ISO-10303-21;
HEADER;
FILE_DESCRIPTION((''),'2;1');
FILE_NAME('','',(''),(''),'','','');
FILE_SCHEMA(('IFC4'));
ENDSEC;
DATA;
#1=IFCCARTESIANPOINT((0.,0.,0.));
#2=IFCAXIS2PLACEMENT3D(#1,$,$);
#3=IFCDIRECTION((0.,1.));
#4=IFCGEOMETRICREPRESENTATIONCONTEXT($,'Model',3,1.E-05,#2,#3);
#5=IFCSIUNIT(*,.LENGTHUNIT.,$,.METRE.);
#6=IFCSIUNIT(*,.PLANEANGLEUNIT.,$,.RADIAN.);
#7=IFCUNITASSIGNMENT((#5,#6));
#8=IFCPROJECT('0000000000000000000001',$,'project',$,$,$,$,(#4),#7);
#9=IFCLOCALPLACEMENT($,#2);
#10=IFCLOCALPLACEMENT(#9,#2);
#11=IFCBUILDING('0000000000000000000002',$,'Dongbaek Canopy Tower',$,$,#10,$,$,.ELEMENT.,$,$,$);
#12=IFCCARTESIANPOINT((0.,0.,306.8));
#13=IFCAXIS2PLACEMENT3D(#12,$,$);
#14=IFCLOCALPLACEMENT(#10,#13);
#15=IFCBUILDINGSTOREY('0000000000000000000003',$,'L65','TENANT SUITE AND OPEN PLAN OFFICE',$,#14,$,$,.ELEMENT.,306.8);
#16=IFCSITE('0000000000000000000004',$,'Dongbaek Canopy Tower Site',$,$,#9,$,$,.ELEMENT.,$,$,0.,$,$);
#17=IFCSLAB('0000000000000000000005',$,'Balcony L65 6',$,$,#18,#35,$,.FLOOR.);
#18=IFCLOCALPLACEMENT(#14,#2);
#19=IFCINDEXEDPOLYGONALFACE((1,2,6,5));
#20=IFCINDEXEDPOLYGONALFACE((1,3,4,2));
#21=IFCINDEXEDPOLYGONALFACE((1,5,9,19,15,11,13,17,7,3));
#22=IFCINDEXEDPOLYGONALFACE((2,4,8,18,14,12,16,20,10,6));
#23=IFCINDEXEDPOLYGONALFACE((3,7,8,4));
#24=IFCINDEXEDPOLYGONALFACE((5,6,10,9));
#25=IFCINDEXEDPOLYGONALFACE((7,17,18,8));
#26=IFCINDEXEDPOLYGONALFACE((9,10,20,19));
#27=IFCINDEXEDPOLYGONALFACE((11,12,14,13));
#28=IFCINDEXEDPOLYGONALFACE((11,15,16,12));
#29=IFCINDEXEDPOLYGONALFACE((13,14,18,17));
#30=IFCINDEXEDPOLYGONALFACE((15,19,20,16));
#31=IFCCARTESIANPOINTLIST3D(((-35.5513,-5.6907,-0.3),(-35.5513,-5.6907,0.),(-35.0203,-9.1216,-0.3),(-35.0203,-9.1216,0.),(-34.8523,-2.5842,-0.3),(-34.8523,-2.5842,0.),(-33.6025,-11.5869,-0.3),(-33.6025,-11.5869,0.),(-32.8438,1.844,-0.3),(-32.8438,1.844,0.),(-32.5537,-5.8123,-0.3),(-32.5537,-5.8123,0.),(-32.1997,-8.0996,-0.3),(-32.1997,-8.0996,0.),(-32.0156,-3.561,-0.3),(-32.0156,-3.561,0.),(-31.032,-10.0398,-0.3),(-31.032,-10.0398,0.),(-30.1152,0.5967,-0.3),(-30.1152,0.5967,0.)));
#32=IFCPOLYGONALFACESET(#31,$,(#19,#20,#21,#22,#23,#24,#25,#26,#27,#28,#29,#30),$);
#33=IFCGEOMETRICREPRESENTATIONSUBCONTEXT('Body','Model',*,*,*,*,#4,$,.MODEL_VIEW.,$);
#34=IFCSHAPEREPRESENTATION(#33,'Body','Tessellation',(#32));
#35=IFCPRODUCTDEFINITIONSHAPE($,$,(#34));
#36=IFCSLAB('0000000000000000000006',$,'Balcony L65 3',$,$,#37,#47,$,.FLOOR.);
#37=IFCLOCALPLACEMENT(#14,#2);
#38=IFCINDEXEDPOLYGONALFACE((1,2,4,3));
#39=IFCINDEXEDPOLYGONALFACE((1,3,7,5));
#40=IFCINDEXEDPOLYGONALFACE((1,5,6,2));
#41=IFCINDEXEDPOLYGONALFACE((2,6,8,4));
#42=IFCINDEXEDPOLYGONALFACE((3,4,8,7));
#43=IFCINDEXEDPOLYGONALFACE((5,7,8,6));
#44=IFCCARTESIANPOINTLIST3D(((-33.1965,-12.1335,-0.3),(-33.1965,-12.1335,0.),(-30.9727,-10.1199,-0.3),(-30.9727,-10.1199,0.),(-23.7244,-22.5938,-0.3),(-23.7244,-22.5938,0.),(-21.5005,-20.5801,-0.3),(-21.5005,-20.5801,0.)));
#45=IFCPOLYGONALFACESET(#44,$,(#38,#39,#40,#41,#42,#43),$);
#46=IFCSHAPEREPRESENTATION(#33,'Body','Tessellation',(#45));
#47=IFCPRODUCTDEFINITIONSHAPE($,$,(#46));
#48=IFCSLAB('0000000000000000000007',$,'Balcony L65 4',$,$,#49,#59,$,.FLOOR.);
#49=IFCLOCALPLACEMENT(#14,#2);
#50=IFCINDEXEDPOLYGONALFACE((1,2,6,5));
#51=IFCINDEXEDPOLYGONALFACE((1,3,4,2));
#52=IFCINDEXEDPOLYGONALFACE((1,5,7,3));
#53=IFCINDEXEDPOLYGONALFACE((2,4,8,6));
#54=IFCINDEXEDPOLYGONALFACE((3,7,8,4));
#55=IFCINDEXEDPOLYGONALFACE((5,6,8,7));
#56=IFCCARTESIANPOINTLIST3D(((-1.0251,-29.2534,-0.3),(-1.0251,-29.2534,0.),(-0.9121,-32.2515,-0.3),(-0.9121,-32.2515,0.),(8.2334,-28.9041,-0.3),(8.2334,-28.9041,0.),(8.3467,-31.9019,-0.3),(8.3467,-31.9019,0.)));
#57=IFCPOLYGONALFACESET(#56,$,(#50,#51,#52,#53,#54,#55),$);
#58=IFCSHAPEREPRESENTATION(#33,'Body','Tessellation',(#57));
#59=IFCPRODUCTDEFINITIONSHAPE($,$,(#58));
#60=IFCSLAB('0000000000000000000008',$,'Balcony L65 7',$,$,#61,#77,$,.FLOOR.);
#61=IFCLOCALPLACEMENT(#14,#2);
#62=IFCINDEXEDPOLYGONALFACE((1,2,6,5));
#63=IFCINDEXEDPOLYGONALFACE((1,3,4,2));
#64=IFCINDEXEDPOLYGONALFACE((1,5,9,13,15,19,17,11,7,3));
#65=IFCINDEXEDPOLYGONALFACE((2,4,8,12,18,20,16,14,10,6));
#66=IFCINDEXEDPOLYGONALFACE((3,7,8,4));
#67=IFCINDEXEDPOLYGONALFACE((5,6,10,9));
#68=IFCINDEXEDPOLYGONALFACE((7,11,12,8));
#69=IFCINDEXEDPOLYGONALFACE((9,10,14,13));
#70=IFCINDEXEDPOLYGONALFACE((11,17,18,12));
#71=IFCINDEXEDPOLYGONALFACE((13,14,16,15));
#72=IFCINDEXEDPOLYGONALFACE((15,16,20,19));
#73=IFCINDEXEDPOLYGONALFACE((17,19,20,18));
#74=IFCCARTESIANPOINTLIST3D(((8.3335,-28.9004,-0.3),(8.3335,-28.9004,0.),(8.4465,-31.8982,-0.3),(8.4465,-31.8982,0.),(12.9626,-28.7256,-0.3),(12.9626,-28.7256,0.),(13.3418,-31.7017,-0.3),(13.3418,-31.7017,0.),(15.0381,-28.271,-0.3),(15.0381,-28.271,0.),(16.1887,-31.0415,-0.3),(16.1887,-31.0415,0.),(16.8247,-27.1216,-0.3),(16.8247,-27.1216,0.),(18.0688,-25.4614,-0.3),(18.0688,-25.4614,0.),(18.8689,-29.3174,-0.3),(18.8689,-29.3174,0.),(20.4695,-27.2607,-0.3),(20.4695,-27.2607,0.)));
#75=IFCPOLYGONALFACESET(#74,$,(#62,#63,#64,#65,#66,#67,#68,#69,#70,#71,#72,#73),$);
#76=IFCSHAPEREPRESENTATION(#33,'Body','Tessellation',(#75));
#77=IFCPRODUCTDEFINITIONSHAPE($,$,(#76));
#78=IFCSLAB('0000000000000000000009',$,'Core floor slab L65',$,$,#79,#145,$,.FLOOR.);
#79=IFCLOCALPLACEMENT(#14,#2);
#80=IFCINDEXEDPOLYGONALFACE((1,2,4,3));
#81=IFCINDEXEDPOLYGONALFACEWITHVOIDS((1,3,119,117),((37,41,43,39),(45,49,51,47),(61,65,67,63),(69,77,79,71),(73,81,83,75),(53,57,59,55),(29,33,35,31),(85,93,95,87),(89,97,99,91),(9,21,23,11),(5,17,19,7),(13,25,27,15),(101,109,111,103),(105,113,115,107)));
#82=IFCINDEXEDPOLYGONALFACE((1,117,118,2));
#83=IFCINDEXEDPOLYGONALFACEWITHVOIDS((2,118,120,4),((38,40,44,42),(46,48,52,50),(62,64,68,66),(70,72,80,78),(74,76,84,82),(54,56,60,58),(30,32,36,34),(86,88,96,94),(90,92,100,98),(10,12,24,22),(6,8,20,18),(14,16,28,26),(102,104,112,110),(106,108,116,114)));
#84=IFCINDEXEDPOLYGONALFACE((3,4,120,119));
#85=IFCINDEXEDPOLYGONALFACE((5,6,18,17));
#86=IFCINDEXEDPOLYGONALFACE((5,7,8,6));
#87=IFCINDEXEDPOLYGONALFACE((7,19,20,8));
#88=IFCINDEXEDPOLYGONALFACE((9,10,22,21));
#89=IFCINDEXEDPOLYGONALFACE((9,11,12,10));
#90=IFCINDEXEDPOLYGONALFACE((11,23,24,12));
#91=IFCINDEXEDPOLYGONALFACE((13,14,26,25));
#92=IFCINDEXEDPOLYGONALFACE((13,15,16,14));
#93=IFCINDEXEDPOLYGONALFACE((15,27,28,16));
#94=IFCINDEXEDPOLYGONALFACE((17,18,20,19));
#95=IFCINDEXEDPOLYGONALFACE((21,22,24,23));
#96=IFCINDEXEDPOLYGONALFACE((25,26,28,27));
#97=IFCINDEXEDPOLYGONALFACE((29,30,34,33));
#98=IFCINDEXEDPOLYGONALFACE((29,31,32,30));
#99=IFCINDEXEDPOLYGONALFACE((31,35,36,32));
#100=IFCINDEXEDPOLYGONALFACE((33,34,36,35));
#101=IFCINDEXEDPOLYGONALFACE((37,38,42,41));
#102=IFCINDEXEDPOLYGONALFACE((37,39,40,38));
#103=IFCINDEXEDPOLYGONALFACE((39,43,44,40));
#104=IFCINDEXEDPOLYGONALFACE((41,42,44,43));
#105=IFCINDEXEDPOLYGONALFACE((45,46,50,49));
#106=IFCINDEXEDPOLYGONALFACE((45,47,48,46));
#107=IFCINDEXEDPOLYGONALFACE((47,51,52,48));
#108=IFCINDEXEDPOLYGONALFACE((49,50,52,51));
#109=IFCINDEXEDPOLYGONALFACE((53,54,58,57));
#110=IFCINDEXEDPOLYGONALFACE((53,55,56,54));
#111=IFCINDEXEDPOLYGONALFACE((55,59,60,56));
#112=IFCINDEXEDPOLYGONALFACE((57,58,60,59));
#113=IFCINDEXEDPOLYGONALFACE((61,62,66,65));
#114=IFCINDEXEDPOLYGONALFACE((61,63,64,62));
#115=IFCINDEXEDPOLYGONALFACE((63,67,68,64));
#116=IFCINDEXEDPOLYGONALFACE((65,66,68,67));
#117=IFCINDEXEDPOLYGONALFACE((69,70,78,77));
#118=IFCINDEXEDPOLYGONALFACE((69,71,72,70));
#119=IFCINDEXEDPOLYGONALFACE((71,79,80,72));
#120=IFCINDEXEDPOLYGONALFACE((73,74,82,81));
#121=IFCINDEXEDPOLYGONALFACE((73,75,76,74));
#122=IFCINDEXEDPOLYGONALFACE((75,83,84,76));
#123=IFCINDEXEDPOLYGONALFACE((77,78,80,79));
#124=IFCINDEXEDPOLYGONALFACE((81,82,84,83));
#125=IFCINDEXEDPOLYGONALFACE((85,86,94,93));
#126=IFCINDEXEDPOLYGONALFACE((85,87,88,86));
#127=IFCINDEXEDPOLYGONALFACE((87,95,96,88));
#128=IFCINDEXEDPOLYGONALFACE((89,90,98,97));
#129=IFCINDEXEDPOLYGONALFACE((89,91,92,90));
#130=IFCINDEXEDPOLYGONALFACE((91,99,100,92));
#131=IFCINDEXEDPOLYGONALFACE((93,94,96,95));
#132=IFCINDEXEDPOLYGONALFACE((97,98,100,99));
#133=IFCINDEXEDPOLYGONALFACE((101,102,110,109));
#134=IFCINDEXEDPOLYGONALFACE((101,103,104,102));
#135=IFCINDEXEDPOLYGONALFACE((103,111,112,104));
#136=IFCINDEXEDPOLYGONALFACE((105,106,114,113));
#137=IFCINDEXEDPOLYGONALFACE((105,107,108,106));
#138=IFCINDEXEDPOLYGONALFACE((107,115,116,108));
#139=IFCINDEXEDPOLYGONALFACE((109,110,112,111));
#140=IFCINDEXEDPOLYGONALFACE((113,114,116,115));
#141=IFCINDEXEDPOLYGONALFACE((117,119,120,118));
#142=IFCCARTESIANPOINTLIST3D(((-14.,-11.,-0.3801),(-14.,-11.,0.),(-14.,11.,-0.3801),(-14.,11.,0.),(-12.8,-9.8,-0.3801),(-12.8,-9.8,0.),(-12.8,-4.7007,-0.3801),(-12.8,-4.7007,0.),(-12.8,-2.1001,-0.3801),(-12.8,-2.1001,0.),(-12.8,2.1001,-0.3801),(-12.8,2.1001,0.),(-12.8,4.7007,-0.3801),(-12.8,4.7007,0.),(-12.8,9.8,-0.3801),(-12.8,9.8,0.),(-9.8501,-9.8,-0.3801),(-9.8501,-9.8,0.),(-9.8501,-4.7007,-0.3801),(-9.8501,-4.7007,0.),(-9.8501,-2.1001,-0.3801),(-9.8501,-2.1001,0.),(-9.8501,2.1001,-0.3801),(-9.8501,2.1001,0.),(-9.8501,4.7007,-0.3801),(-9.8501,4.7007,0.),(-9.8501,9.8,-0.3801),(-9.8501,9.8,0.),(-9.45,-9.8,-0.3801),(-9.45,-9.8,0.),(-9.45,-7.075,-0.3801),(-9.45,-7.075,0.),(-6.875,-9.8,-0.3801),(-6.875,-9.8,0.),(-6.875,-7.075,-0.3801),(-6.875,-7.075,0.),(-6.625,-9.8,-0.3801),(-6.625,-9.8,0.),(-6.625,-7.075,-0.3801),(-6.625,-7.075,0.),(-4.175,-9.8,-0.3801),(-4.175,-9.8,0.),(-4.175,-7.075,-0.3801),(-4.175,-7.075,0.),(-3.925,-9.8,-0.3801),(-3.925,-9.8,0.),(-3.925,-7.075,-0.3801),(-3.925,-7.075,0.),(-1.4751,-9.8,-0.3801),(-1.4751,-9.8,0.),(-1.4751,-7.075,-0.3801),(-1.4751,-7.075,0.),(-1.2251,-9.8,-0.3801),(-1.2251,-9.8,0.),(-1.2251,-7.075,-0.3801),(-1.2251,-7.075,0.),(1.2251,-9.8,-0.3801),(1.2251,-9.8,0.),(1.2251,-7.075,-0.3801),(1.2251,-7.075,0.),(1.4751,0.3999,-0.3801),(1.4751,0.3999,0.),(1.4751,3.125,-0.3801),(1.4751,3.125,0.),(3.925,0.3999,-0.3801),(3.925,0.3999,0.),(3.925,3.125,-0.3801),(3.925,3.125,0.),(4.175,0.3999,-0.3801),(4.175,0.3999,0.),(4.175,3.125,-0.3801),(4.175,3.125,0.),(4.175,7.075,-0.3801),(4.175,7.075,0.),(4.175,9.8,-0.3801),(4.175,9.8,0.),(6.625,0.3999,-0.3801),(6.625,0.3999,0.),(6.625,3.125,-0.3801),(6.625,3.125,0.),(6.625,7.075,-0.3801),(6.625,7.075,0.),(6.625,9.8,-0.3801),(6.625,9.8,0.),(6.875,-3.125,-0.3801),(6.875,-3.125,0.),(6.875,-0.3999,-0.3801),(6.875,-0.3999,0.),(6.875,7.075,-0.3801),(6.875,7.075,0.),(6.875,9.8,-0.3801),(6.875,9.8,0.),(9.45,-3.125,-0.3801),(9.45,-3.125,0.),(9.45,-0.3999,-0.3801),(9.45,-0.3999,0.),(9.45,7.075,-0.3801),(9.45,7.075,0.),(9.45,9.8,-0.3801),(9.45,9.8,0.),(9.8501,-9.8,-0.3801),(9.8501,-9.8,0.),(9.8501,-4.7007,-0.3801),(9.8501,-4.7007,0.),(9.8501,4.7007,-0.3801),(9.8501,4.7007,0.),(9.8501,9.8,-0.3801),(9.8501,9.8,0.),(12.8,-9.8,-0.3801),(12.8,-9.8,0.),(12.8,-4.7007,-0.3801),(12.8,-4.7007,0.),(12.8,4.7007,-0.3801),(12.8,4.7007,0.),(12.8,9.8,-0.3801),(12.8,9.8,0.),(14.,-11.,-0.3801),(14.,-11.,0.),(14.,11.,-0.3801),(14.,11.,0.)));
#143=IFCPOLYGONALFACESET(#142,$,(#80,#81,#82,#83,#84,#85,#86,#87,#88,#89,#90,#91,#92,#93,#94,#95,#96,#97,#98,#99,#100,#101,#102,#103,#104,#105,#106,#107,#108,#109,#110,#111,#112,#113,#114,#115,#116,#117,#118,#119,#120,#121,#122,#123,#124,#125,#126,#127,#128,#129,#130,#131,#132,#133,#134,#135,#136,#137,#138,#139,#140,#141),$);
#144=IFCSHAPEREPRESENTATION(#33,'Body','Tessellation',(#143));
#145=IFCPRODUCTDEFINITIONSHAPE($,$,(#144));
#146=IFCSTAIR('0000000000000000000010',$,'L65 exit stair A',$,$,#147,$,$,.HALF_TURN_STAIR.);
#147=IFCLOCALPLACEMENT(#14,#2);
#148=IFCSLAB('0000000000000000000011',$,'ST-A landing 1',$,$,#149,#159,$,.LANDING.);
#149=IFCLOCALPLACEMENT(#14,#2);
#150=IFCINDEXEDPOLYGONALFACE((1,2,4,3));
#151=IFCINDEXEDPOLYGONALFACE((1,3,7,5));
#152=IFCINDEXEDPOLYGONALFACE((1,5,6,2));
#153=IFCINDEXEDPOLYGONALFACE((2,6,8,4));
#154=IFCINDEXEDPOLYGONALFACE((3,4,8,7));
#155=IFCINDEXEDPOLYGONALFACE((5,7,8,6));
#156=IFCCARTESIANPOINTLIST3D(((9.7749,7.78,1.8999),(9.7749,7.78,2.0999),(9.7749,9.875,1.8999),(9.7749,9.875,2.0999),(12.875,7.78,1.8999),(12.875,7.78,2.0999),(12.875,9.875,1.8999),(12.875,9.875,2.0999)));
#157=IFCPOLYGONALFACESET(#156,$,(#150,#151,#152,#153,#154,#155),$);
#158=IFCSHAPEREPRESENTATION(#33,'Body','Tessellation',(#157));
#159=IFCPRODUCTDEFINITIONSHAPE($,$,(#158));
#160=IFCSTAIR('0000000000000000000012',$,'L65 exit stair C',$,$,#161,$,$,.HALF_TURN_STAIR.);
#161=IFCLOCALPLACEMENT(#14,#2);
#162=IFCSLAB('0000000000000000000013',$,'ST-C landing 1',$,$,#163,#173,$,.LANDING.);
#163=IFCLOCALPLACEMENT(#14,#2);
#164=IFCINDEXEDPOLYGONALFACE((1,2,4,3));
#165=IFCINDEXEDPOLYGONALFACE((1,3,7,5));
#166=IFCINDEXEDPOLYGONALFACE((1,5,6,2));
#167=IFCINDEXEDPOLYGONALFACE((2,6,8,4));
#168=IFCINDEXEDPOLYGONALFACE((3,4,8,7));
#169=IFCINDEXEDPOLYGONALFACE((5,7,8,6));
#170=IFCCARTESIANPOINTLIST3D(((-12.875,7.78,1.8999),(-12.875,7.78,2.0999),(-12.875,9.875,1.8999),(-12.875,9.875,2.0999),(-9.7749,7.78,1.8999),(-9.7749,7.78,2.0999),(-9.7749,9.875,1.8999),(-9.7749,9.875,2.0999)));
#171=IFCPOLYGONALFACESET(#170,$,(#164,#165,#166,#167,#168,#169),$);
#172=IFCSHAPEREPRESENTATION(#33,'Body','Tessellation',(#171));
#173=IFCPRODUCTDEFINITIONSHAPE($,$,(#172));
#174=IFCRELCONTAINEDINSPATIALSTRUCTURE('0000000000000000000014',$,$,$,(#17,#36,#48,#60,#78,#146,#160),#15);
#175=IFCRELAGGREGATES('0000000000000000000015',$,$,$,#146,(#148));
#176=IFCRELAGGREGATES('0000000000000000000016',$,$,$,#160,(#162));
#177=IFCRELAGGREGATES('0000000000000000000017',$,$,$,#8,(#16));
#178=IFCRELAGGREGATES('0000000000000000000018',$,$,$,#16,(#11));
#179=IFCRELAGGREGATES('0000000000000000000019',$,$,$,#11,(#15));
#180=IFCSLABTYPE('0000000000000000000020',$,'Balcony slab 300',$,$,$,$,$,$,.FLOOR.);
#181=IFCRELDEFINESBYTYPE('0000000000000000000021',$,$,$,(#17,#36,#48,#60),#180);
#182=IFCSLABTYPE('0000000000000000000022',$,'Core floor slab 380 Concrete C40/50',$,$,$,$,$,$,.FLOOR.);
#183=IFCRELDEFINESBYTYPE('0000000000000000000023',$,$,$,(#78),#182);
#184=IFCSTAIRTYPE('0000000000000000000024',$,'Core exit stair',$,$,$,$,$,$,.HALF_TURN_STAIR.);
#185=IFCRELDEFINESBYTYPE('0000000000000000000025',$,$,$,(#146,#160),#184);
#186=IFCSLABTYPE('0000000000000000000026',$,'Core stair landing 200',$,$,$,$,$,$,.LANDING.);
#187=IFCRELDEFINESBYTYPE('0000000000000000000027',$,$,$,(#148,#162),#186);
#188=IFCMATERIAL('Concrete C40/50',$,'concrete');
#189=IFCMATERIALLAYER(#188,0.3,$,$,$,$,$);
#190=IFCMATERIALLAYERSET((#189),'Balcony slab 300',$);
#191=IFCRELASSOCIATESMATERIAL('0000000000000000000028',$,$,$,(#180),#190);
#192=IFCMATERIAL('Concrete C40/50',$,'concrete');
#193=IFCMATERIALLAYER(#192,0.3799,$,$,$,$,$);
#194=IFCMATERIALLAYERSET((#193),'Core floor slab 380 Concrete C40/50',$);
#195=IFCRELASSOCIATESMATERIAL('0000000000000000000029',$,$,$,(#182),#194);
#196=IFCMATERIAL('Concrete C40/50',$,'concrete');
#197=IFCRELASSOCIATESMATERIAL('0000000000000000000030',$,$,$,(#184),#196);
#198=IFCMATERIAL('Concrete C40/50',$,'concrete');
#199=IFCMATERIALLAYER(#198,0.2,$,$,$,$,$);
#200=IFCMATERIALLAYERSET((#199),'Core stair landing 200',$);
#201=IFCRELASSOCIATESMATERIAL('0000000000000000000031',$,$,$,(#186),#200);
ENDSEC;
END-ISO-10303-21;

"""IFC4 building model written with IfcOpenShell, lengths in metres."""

from ifc_helpers import new_model, si_unit, direction, frame, origin, place, context, subcontext, project, spatial, polyline, outline, extrude, material, layer, layer_set, type_object, element, aggregate, save


model = new_model("IFC4")

# Units and contexts
model_context = context("Model", 3, precision=1e-05, world=origin(), true_north=direction((0.0, 1.0)))
body_context = subcontext(model_context, "Body", "Model", "MODEL_VIEW")
ifc_project = project(units=[si_unit("LENGTHUNIT", "METRE"), si_unit("PLANEANGLEUNIT", "RADIAN")], contexts=[model_context])

# Site, building, storey
site_placement = place(None, origin())
site = spatial("IfcSite", under=ifc_project, at=site_placement, Name="Dongbaek Canopy Tower Site", CompositionType="ELEMENT", RefElevation=0.0)
building_placement = place(site_placement, origin())
building = spatial("IfcBuilding", under=site, at=building_placement, Name="Dongbaek Canopy Tower", CompositionType="ELEMENT")
storey_placement = place(building_placement, frame((0.0, 0.0, 306.8)))
storey = spatial("IfcBuildingStorey", under=building, at=storey_placement, Name="L65", Description="TENANT SUITE AND OPEN PLAN OFFICE", CompositionType="ELEMENT", Elevation=306.8)

# Slabs
ifc_material_1 = material(Name="Concrete C40/50", Category="concrete")
ifc_layer_1 = layer(ifc_material_1, 0.3)
ifc_layer_set_1 = layer_set([ifc_layer_1], Name="Balcony slab 300")
slab_type_1 = type_object("IfcSlabType", Name="Balcony slab 300", PredefinedType="FLOOR", material=ifc_layer_set_1)
slab_1_placement = place(storey_placement, frame((0.0, 0.0, -0.3)))
element("IfcSlab", 1, at=slab_1_placement, inside=storey, type_object=slab_type_1, Name="Balcony L65 6", PredefinedType="FLOOR", context=body_context, shape_type="SweptSolid", body=[
    extrude(outline(polyline([(-30.1152, 0.5967), (-32.0156, -3.561), (-32.5537, -5.8123), (-32.1997, -8.0996), (-31.032, -10.0398), (-33.6025, -11.5869), (-35.0203, -9.1216), (-35.5513, -5.6907), (-34.8523, -2.5842), (-32.8438, 1.844), (-30.1152, 0.5967)])), origin(), (0.0, 0.0, 1.0), 0.3),
])
slab_2_placement = place(storey_placement, frame((0.0, 0.0, -0.3)))
element("IfcSlab", 2, at=slab_2_placement, inside=storey, type_object=slab_type_1, Name="Balcony L65 3", PredefinedType="FLOOR", context=body_context, shape_type="SweptSolid", body=[
    extrude(outline(polyline([(-30.9727, -10.1199), (-21.5005, -20.5801), (-23.7244, -22.5938), (-33.1965, -12.1335), (-30.9727, -10.1199)])), origin(), (0.0, 0.0, 1.0), 0.3),
])
slab_3_placement = place(storey_placement, frame((0.0, 0.0, -0.3)))
element("IfcSlab", 3, at=slab_3_placement, inside=storey, type_object=slab_type_1, Name="Balcony L65 4", PredefinedType="FLOOR", context=body_context, shape_type="SweptSolid", body=[
    extrude(outline(polyline([(-1.0251, -29.2534), (8.2334, -28.9041), (8.3467, -31.9019), (-0.9121, -32.2515), (-1.0251, -29.2534)])), origin(), (0.0, 0.0, 1.0), 0.3),
])
slab_4_placement = place(storey_placement, frame((0.0, 0.0, -0.3)))
element("IfcSlab", 4, at=slab_4_placement, inside=storey, type_object=slab_type_1, Name="Balcony L65 7", PredefinedType="FLOOR", context=body_context, shape_type="SweptSolid", body=[
    extrude(outline(polyline([(8.3335, -28.9004), (12.9626, -28.7256), (15.0381, -28.271), (16.8247, -27.1216), (18.0688, -25.4614), (20.4695, -27.2607), (18.8689, -29.3174), (16.1887, -31.0415), (13.3418, -31.7017), (8.4465, -31.8982), (8.3335, -28.9004)])), origin(), (0.0, 0.0, 1.0), 0.3),
])
ifc_material_2 = material(Name="Concrete C40/50", Category="concrete")
ifc_layer_2 = layer(ifc_material_2, 0.3799)
ifc_layer_set_2 = layer_set([ifc_layer_2], Name="Core floor slab 380 Concrete C40/50")
slab_type_2 = type_object("IfcSlabType", Name="Core floor slab 380 Concrete C40/50", PredefinedType="FLOOR", material=ifc_layer_set_2)
slab_5_placement = place(storey_placement, frame((0.0, 0.0, -0.3801)))
element("IfcSlab", 5, at=slab_5_placement, inside=storey, type_object=slab_type_2, Name="Core floor slab L65", PredefinedType="FLOOR", context=body_context, shape_type="SweptSolid", body=[
    extrude(outline(polyline([(14.0, -11.0), (14.0, 11.0), (-14.0, 11.0), (-14.0, -11.0), (14.0, -11.0)]), holes=[polyline([(-12.8, 2.1001), (-9.8501, 2.1001), (-9.8501, -2.1001), (-12.8, -2.1001), (-12.8, 2.1001)]), polyline([(6.625, 9.8), (6.625, 7.075), (4.175, 7.075), (4.175, 9.8), (6.625, 9.8)]), polyline([(9.45, 7.075), (6.875, 7.075), (6.875, 9.8), (9.45, 9.8), (9.45, 7.075)]), polyline([(1.4751, 0.3999), (1.4751, 3.125), (3.925, 3.125), (3.925, 0.3999), (1.4751, 0.3999)]), polyline([(4.175, 0.3999), (4.175, 3.125), (6.625, 3.125), (6.625, 0.3999), (4.175, 0.3999)]), polyline([(9.45, -3.125), (6.875, -3.125), (6.875, -0.3999), (9.45, -0.3999), (9.45, -3.125)]), polyline([(-9.45, -7.075), (-6.875, -7.075), (-6.875, -9.8), (-9.45, -9.8), (-9.45, -7.075)]), polyline([(-6.625, -9.8), (-6.625, -7.075), (-4.175, -7.075), (-4.175, -9.8), (-6.625, -9.8)]), polyline([(-3.925, -9.8), (-3.925, -7.075), (-1.4751, -7.075), (-1.4751, -9.8), (-3.925, -9.8)]), polyline([(-1.2251, -9.8), (-1.2251, -7.075), (1.2251, -7.075), (1.2251, -9.8), (-1.2251, -9.8)]), polyline([(12.8, 4.7007), (12.8, 9.8), (9.8501, 9.8), (9.8501, 4.7007), (12.8, 4.7007)]), polyline([(-9.8501, 4.7007), (-9.8501, 9.8), (-12.8, 9.8), (-12.8, 4.7007), (-9.8501, 4.7007)]), polyline([(9.8501, -4.7007), (9.8501, -9.8), (12.8, -9.8), (12.8, -4.7007), (9.8501, -4.7007)]), polyline([(-12.8, -4.7007), (-12.8, -9.8), (-9.8501, -9.8), (-9.8501, -4.7007), (-12.8, -4.7007)])]), origin(), (0.0, 0.0, 1.0), 0.3801),
])

# Stairs, slabs
ifc_material_3 = material(Name="Concrete C40/50", Category="concrete")
stair_type = type_object("IfcStairType", Name="Core exit stair", PredefinedType="HALF_TURN_STAIR", material=ifc_material_3)
stair_1_placement = place(storey_placement, origin())
stair_1 = element("IfcStair", 6, at=stair_1_placement, inside=storey, type_object=stair_type, Name="L65 exit stair A", PredefinedType="HALF_TURN_STAIR")
ifc_material_4 = material(Name="Concrete C40/50", Category="concrete")
ifc_layer_3 = layer(ifc_material_4, 0.2)
ifc_layer_set_3 = layer_set([ifc_layer_3], Name="Core stair landing 200")
slab_type_3 = type_object("IfcSlabType", Name="Core stair landing 200", PredefinedType="LANDING", material=ifc_layer_set_3)
slab_6_placement = place(storey_placement, frame((0.0, 0.0, 1.8999)))
slab_6 = element("IfcSlab", 7, at=slab_6_placement, type_object=slab_type_3, Name="ST-A landing 1", PredefinedType="LANDING", context=body_context, shape_type="SweptSolid", body=[
    extrude(outline(polyline([(12.875, 7.78), (12.875, 9.875), (9.7749, 9.875), (9.7749, 7.78), (12.875, 7.78)])), origin(), (0.0, 0.0, 1.0), 0.2),
])
aggregate(stair_1, [slab_6])
stair_2_placement = place(storey_placement, origin())
stair_2 = element("IfcStair", 8, at=stair_2_placement, inside=storey, type_object=stair_type, Name="L65 exit stair C", PredefinedType="HALF_TURN_STAIR")
slab_7_placement = place(storey_placement, frame((0.0, 0.0, 1.8999)))
slab_7 = element("IfcSlab", 9, at=slab_7_placement, type_object=slab_type_3, Name="ST-C landing 1", PredefinedType="LANDING", context=body_context, shape_type="SweptSolid", body=[
    extrude(outline(polyline([(-9.7749, 7.78), (-9.7749, 9.875), (-12.875, 9.875), (-12.875, 7.78), (-9.7749, 7.78)])), origin(), (0.0, 0.0, 1.0), 0.2),
])
aggregate(stair_2, [slab_7])

save(model, "model.ifc")
